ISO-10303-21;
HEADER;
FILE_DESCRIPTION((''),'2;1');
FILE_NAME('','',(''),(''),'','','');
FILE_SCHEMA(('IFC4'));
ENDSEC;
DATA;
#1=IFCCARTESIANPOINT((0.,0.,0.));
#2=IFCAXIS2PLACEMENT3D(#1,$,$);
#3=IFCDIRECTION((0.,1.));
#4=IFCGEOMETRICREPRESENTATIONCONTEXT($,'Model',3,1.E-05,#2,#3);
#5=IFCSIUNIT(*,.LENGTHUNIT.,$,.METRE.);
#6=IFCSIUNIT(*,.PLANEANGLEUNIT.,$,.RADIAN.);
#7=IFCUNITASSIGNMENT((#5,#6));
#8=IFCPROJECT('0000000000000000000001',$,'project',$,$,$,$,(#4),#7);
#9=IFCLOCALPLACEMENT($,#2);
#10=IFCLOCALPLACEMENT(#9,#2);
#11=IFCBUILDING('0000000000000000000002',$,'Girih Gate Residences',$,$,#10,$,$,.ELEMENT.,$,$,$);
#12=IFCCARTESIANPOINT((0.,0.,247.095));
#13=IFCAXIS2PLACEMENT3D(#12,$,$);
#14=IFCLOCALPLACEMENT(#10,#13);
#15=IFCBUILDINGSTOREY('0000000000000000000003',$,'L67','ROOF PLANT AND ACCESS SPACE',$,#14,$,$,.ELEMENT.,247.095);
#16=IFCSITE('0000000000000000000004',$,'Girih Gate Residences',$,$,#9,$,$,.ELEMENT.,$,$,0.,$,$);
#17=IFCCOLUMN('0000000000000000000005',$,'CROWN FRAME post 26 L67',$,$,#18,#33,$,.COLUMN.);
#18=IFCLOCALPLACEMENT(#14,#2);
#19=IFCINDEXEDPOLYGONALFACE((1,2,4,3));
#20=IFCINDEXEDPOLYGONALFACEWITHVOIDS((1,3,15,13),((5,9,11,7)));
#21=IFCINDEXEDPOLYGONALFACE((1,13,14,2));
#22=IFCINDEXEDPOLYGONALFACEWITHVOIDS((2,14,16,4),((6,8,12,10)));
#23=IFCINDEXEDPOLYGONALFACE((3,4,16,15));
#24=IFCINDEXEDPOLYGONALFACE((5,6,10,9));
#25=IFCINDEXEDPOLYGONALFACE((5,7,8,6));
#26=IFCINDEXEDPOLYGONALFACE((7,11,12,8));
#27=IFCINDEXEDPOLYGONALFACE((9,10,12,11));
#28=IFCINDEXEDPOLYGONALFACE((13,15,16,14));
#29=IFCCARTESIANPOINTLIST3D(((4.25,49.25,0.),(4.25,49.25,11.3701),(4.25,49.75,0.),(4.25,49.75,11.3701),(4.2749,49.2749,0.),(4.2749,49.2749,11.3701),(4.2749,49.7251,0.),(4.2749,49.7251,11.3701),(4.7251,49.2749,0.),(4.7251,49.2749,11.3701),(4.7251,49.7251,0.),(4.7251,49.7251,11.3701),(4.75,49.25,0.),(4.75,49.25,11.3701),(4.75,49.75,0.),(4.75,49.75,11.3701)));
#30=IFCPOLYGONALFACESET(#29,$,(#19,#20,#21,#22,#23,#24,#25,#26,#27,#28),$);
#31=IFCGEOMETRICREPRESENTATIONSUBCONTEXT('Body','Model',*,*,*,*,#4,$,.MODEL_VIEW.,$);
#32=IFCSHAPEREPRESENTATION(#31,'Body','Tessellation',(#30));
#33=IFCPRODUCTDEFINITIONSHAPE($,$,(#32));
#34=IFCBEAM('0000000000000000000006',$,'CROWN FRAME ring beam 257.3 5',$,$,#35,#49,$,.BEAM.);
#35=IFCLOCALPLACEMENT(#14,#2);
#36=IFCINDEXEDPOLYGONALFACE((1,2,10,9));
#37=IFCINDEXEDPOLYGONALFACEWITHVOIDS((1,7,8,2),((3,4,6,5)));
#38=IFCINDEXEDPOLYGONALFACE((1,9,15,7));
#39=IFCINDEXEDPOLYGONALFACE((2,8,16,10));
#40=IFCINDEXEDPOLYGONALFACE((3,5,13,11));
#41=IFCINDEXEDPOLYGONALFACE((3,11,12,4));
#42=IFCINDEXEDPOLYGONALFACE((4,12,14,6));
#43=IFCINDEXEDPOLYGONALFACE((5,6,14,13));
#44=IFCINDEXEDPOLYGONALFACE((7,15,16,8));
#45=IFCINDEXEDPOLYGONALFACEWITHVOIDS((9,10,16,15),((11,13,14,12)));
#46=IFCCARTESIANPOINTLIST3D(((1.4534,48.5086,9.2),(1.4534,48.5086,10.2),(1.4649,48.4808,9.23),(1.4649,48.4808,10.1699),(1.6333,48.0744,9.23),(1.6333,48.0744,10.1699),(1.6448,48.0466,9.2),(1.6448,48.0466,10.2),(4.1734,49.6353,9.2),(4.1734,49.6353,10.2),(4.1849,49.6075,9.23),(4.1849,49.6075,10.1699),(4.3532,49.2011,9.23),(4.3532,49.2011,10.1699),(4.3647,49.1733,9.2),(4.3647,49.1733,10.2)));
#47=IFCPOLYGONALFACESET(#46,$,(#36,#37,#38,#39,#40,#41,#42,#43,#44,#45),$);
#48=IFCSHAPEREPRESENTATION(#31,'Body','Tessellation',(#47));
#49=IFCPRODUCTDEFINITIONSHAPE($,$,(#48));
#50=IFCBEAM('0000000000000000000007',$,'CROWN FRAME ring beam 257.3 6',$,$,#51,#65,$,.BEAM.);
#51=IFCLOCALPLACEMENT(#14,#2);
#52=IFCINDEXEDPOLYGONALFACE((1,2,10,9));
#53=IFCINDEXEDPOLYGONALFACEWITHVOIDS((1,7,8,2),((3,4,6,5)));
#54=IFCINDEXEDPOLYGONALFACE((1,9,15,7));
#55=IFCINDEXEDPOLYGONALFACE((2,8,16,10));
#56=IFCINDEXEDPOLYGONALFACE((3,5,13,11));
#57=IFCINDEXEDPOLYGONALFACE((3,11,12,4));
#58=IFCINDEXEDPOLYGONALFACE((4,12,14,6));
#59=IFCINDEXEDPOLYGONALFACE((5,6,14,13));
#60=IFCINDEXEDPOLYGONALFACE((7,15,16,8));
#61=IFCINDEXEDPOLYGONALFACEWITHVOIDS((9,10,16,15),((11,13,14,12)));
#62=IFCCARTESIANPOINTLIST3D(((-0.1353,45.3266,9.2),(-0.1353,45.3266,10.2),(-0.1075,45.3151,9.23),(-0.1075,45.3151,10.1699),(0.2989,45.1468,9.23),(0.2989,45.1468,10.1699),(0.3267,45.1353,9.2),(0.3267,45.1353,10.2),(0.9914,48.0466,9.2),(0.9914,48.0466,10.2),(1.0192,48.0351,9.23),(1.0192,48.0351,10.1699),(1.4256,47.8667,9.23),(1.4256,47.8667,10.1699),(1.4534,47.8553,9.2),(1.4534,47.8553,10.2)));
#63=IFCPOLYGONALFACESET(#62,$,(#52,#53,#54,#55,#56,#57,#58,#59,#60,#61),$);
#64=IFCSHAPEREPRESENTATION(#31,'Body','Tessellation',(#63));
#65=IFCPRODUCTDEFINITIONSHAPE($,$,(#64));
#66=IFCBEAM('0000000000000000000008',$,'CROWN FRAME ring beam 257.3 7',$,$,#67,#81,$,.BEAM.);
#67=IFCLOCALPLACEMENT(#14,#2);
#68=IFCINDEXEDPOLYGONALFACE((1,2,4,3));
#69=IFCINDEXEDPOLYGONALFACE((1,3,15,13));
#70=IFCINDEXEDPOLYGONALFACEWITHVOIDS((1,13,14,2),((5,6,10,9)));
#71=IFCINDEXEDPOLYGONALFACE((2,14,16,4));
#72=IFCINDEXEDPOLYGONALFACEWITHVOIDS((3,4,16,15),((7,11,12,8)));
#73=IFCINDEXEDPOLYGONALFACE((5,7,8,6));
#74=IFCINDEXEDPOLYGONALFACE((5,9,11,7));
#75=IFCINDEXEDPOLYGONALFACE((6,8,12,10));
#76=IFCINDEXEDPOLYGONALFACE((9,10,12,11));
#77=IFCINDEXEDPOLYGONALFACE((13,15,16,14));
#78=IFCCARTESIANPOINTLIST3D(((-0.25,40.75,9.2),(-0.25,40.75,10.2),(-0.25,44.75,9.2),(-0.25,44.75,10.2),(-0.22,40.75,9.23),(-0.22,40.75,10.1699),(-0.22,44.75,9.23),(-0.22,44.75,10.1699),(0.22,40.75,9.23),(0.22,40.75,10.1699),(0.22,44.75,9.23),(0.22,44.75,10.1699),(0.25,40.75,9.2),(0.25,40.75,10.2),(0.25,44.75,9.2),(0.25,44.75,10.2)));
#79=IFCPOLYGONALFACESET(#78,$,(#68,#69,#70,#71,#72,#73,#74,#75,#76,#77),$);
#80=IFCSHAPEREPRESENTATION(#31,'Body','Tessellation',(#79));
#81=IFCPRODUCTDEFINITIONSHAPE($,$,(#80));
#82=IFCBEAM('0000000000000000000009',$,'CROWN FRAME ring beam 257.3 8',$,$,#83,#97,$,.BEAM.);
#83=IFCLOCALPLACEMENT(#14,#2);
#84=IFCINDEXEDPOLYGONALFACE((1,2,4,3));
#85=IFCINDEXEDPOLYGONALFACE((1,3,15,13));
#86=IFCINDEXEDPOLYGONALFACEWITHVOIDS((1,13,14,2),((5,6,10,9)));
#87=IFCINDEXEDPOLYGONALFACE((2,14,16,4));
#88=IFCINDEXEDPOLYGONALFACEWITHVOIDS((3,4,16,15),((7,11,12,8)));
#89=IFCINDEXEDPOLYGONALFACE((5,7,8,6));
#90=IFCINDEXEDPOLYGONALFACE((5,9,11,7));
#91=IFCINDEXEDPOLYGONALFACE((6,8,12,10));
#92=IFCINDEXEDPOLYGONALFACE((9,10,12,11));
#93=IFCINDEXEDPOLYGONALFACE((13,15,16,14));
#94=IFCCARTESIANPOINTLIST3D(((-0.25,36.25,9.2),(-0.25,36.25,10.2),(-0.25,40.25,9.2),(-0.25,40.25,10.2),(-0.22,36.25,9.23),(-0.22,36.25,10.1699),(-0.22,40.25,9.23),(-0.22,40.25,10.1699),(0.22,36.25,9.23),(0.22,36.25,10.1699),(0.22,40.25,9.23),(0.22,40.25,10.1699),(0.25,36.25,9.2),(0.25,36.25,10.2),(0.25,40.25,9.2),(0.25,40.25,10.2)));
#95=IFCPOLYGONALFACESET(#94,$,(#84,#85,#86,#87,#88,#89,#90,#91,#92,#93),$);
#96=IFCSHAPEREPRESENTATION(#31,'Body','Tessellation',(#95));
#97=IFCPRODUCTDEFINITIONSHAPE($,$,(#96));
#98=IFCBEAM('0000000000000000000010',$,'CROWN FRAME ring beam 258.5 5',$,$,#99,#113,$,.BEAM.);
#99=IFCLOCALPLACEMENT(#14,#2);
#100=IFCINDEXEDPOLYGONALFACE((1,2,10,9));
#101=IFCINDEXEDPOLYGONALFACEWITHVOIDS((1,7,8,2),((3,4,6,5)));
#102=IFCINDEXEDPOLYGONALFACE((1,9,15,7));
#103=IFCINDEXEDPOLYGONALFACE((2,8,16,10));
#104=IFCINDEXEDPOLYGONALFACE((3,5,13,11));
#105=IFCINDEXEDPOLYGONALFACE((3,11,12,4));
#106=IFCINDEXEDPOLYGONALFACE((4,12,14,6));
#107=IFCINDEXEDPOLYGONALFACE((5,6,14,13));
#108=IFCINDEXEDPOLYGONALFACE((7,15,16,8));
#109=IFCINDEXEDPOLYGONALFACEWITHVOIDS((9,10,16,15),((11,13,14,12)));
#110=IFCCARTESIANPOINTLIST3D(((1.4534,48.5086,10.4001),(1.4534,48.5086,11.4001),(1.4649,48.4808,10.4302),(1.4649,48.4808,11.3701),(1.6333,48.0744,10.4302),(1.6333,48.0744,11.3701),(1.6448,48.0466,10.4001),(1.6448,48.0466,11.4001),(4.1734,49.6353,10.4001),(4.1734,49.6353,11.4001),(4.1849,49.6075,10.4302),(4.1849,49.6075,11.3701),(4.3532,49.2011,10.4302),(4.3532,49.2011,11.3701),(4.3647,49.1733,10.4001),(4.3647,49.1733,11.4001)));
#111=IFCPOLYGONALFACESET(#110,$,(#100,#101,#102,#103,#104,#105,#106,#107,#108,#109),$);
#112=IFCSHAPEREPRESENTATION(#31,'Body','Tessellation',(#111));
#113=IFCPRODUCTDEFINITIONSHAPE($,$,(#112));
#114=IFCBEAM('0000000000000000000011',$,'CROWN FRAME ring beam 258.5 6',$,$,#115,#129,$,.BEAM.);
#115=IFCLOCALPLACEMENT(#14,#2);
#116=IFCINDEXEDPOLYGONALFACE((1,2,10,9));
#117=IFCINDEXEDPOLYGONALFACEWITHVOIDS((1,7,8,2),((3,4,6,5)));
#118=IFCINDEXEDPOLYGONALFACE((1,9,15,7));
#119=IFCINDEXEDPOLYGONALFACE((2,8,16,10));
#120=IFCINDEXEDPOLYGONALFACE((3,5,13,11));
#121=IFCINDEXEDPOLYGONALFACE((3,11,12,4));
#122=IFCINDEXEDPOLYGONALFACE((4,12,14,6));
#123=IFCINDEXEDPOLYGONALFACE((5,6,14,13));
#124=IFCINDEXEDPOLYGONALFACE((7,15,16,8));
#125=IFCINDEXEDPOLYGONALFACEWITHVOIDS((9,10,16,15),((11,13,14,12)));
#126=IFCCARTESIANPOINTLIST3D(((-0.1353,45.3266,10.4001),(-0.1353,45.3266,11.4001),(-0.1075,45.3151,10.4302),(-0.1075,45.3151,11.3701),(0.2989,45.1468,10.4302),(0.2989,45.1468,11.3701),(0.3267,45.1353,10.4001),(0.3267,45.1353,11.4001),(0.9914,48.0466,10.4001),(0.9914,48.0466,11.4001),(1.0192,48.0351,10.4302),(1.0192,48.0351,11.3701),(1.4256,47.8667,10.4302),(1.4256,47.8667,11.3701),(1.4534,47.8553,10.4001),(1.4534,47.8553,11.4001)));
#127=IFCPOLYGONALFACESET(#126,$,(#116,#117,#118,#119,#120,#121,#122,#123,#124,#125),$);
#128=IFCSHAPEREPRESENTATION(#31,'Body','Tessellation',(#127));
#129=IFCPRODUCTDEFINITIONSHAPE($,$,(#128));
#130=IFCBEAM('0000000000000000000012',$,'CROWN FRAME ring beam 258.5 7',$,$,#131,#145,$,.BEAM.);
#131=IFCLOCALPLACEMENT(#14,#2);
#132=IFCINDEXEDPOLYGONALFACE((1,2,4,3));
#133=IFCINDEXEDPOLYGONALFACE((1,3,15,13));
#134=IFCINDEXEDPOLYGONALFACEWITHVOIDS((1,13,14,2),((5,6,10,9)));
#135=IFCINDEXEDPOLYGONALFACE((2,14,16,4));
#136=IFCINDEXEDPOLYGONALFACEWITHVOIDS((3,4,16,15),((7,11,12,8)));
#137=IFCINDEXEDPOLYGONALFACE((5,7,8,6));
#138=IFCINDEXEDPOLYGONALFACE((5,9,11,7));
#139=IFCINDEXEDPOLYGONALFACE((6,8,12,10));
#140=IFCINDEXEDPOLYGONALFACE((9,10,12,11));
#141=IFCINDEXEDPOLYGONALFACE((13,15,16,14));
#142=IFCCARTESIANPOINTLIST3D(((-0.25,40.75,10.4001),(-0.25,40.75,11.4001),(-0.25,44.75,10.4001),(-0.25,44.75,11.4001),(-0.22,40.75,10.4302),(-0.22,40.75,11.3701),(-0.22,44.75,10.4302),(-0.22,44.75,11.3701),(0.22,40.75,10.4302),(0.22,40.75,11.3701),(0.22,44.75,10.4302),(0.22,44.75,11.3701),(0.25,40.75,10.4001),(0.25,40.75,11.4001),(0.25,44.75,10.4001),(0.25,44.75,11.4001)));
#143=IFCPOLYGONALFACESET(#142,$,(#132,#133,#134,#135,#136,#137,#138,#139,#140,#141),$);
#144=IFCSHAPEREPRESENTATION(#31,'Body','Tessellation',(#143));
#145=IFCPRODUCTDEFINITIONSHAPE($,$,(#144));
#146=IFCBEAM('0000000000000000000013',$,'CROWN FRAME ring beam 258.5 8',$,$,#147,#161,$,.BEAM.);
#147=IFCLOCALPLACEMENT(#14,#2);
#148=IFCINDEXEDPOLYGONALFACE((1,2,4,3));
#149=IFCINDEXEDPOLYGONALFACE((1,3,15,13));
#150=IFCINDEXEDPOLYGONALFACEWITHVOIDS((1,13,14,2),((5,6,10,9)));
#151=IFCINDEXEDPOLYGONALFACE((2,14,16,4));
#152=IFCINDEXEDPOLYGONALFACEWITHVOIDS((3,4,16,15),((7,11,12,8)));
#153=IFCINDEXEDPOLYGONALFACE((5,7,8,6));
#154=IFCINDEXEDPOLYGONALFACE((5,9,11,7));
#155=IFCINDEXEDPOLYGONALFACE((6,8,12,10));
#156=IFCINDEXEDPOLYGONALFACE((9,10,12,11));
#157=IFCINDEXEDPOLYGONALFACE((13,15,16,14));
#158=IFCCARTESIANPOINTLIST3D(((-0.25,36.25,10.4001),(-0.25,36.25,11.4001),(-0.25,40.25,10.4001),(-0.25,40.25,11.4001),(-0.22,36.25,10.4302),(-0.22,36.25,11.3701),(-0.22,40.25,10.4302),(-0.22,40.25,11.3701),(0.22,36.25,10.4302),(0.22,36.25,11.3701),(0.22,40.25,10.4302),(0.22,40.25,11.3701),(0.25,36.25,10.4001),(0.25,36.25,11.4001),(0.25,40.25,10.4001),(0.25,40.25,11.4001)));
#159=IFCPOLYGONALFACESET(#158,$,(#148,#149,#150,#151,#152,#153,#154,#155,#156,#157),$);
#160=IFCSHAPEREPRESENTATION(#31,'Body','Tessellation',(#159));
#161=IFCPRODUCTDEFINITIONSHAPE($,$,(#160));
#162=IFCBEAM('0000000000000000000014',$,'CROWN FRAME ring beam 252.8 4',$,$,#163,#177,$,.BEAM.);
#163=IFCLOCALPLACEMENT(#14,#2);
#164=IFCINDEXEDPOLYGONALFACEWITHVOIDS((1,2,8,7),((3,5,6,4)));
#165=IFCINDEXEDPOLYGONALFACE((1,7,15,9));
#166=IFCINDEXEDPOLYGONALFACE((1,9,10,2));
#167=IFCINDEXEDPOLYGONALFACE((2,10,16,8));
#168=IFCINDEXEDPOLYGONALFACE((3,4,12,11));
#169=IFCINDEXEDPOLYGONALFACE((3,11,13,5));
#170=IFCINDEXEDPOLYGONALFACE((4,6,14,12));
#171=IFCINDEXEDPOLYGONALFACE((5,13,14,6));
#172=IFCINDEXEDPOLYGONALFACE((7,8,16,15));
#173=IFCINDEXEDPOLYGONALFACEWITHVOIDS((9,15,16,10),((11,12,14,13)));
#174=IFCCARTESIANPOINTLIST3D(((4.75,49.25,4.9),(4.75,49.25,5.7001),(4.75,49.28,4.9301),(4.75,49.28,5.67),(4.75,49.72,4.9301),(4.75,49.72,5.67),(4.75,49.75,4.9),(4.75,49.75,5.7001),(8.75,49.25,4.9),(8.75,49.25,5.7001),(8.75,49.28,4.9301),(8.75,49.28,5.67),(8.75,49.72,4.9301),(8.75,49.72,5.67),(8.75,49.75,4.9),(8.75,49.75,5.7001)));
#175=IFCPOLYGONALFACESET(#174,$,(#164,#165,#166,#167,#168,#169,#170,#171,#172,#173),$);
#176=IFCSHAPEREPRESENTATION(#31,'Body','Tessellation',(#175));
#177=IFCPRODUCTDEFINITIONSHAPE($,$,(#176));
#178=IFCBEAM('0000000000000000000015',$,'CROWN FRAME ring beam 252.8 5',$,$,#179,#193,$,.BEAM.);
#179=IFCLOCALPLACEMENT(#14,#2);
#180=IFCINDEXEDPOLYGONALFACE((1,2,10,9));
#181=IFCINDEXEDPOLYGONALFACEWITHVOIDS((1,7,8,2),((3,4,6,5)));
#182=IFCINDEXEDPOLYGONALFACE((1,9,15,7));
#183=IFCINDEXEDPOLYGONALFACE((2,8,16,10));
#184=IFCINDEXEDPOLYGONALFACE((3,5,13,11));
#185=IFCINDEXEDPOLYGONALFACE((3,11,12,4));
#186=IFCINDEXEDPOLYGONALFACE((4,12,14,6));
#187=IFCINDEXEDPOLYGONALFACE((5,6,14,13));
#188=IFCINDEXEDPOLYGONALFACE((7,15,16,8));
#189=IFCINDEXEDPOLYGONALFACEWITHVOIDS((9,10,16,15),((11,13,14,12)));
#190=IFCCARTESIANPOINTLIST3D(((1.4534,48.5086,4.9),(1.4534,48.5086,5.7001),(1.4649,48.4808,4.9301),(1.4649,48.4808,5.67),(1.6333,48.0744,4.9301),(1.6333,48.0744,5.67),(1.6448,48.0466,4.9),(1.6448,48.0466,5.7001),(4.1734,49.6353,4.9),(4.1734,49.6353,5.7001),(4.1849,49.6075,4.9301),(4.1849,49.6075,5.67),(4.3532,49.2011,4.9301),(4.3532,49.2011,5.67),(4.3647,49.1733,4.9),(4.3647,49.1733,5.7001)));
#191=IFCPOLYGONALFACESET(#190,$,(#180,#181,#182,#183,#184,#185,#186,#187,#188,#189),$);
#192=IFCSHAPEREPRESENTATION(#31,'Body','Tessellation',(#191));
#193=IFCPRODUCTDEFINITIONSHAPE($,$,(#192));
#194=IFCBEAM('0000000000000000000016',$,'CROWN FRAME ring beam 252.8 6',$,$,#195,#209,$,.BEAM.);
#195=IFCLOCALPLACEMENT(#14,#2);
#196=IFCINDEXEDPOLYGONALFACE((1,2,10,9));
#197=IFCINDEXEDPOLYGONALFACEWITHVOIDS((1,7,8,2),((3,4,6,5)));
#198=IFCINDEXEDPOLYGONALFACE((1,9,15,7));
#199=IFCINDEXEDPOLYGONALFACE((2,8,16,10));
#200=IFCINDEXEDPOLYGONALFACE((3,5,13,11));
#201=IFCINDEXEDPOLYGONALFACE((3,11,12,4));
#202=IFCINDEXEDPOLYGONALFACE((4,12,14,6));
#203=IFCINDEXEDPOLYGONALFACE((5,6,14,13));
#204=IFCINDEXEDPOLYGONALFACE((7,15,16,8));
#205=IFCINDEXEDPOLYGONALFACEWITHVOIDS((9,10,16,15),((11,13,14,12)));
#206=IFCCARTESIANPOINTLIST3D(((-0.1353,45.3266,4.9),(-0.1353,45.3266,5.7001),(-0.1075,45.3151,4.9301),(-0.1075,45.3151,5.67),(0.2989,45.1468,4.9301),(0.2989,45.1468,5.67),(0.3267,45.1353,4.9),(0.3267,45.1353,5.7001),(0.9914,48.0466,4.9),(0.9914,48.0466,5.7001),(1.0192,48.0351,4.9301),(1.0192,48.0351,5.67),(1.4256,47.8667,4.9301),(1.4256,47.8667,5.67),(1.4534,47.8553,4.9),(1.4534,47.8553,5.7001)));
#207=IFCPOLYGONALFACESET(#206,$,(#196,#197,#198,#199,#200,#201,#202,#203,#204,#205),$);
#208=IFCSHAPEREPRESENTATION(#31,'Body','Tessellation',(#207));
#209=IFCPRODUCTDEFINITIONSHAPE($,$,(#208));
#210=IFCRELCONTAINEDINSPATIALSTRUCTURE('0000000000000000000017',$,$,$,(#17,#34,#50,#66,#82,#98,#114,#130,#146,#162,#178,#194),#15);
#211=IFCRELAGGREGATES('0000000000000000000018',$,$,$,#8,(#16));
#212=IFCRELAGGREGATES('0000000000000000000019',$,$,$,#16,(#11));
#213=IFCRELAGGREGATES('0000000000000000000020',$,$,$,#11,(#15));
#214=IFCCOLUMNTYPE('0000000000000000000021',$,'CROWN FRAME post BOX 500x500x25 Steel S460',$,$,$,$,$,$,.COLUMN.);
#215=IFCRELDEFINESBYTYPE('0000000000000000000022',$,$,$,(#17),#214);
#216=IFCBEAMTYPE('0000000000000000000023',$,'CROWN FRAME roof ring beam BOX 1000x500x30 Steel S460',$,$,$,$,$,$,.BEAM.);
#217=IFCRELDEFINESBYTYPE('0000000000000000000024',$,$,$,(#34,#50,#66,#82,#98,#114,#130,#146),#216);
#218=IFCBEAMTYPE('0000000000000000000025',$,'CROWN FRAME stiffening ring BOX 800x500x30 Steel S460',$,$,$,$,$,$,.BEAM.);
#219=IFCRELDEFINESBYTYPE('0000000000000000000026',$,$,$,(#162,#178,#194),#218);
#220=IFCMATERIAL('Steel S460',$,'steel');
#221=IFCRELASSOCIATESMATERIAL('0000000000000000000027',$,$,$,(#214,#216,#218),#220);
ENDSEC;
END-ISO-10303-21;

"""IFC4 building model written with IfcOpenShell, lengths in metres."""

from ifc_helpers import new_model, si_unit, direction, frame, origin, origin_2d, place, context, subcontext, project, spatial, hollow_rectangle, extrude, material, material_profile, profile_set, type_object, element, save


model = new_model("IFC4")

# Units and contexts
model_context = context("Model", 3, precision=1e-05, world=origin(), true_north=direction((0.0, 1.0)))
body_context = subcontext(model_context, "Body", "Model", "MODEL_VIEW")
ifc_project = project(units=[si_unit("LENGTHUNIT", "METRE"), si_unit("PLANEANGLEUNIT", "RADIAN")], contexts=[model_context])

# Site, building, storey
site_placement = place(None, origin())
site = spatial("IfcSite", under=ifc_project, at=site_placement, Name="Girih Gate Residences", CompositionType="ELEMENT", RefElevation=0.0)
building_placement = place(site_placement, origin())
building = spatial("IfcBuilding", under=site, at=building_placement, Name="Girih Gate Residences", CompositionType="ELEMENT")
storey_placement = place(building_placement, frame((0.0, 0.0, 247.095)))
storey = spatial("IfcBuildingStorey", under=building, at=storey_placement, Name="L67", Description="ROOF PLANT AND ACCESS SPACE", CompositionType="ELEMENT", Elevation=247.095)

# Column
ifc_material_1 = material(Name="Steel S460", Category="steel")
ifc_material_profile_1 = material_profile(ifc_material_1, hollow_rectangle(XDim=0.5, YDim=0.5, WallThickness=0.0249, at=origin_2d()))
ifc_profile_set_1 = profile_set([ifc_material_profile_1], Name="Steel S460")
column_type = type_object("IfcColumnType", Name="CROWN FRAME post BOX 500x500x25 Steel S460", PredefinedType="COLUMN", material=ifc_profile_set_1)
column_placement = place(storey_placement, frame((4.5, 49.5, 0.0), z_axis=(0.0, 0.0, 1.0), x_axis=(1.0, 0.0, 0.0)))
element("IfcColumn", 1, at=column_placement, inside=storey, type_object=column_type, Name="CROWN FRAME post 26 L67", PredefinedType="COLUMN", context=body_context, shape_type="SweptSolid", body=[
    extrude(hollow_rectangle(XDim=0.5, YDim=0.5, WallThickness=0.0249, at=origin_2d()), origin(), (0.0, 0.0, 1.0), 11.3701),
])

# Beams
ifc_material_profile_2 = material_profile(ifc_material_1, hollow_rectangle(XDim=0.5, YDim=1.0, WallThickness=0.03, at=origin_2d()))
ifc_profile_set_2 = profile_set([ifc_material_profile_2], Name="Steel S460")
beam_type_1 = type_object("IfcBeamType", Name="CROWN FRAME roof ring beam BOX 1000x500x30 Steel S460", PredefinedType="BEAM", material=ifc_profile_set_2)
for number, where, z_axis, x_axis, name in (
    (2, (4.269, 49.4043, 9.7), (-0.923872, -0.382701, 0.0), (0.382701, -0.923872, 0.0), "CROWN FRAME ring beam 257.3 5"),
    (3, (1.2224, 47.9509, 9.7), (-0.382701, -0.923872, 0.0), (0.923872, -0.382701, 0.0), "CROWN FRAME ring beam 257.3 6"),
):
    element("IfcBeam", number, at=place(storey_placement, frame(where, z_axis=z_axis, x_axis=x_axis)), inside=storey, type_object=beam_type_1, Name=name, PredefinedType="BEAM", context=body_context, shape_type="SweptSolid", body=[
        extrude(hollow_rectangle(XDim=0.5, YDim=1.0, WallThickness=0.03, at=origin_2d()), origin(), (0.0, 0.0, 1.0), 2.9441),
    ])
for number, where, z_axis, x_axis, name in (
    (4, (0.0, 44.75, 9.7), (0.0, -1.0, 0.0), (1.0, 0.0, 0.0), "CROWN FRAME ring beam 257.3 7"),
    (5, (0.0, 40.25, 9.7), (0.0, -1.0, 0.0), (1.0, 0.0, 0.0), "CROWN FRAME ring beam 257.3 8"),
):
    element("IfcBeam", number, at=place(storey_placement, frame(where, z_axis=z_axis, x_axis=x_axis)), inside=storey, type_object=beam_type_1, Name=name, PredefinedType="BEAM", context=body_context, shape_type="SweptSolid", body=[
        extrude(hollow_rectangle(XDim=0.5, YDim=1.0, WallThickness=0.03, at=origin_2d()), origin(), (0.0, 0.0, 1.0), 4.0),
    ])
for number, where, z_axis, x_axis, name in (
    (6, (4.269, 49.4043, 10.9001), (-0.923872, -0.382701, 0.0), (0.382701, -0.923872, 0.0), "CROWN FRAME ring beam 258.5 5"),
    (7, (1.2224, 47.9509, 10.9001), (-0.382701, -0.923872, 0.0), (0.923872, -0.382701, 0.0), "CROWN FRAME ring beam 258.5 6"),
):
    element("IfcBeam", number, at=place(storey_placement, frame(where, z_axis=z_axis, x_axis=x_axis)), inside=storey, type_object=beam_type_1, Name=name, PredefinedType="BEAM", context=body_context, shape_type="SweptSolid", body=[
        extrude(hollow_rectangle(XDim=0.5, YDim=1.0, WallThickness=0.03, at=origin_2d()), origin(), (0.0, 0.0, 1.0), 2.9441),
    ])
for number, where, z_axis, x_axis, name in (
    (8, (0.0, 44.75, 10.9001), (0.0, -1.0, 0.0), (1.0, 0.0, 0.0), "CROWN FRAME ring beam 258.5 7"),
    (9, (0.0, 40.25, 10.9001), (0.0, -1.0, 0.0), (1.0, 0.0, 0.0), "CROWN FRAME ring beam 258.5 8"),
):
    element("IfcBeam", number, at=place(storey_placement, frame(where, z_axis=z_axis, x_axis=x_axis)), inside=storey, type_object=beam_type_1, Name=name, PredefinedType="BEAM", context=body_context, shape_type="SweptSolid", body=[
        extrude(hollow_rectangle(XDim=0.5, YDim=1.0, WallThickness=0.03, at=origin_2d()), origin(), (0.0, 0.0, 1.0), 4.0),
    ])
ifc_material_profile_3 = material_profile(ifc_material_1, hollow_rectangle(XDim=0.5, YDim=0.8, WallThickness=0.03, at=origin_2d()))
ifc_profile_set_3 = profile_set([ifc_material_profile_3], Name="Steel S460")
beam_type_2 = type_object("IfcBeamType", Name="CROWN FRAME stiffening ring BOX 800x500x30 Steel S460", PredefinedType="BEAM", material=ifc_profile_set_3)
beam_placement = place(storey_placement, frame((8.75, 49.5, 5.3), z_axis=(-1.0, 0.0, 0.0), x_axis=(0.0, -1.0, 0.0)))
element("IfcBeam", 10, at=beam_placement, inside=storey, type_object=beam_type_2, Name="CROWN FRAME ring beam 252.8 4", PredefinedType="BEAM", context=body_context, shape_type="SweptSolid", body=[
    extrude(hollow_rectangle(XDim=0.5, YDim=0.8, WallThickness=0.03, at=origin_2d()), origin(), (0.0, 0.0, 1.0), 4.0),
])
for number, where, z_axis, x_axis, name in (
    (11, (4.269, 49.4043, 5.3), (-0.923872, -0.382701, 0.0), (0.382701, -0.923872, 0.0), "CROWN FRAME ring beam 252.8 5"),
    (12, (1.2224, 47.9509, 5.3), (-0.382701, -0.923872, 0.0), (0.923872, -0.382701, 0.0), "CROWN FRAME ring beam 252.8 6"),
):
    element("IfcBeam", number, at=place(storey_placement, frame(where, z_axis=z_axis, x_axis=x_axis)), inside=storey, type_object=beam_type_2, Name=name, PredefinedType="BEAM", context=body_context, shape_type="SweptSolid", body=[
        extrude(hollow_rectangle(XDim=0.5, YDim=0.8, WallThickness=0.03, at=origin_2d()), origin(), (0.0, 0.0, 1.0), 2.9441),
    ])

save(model, "model.ifc")
